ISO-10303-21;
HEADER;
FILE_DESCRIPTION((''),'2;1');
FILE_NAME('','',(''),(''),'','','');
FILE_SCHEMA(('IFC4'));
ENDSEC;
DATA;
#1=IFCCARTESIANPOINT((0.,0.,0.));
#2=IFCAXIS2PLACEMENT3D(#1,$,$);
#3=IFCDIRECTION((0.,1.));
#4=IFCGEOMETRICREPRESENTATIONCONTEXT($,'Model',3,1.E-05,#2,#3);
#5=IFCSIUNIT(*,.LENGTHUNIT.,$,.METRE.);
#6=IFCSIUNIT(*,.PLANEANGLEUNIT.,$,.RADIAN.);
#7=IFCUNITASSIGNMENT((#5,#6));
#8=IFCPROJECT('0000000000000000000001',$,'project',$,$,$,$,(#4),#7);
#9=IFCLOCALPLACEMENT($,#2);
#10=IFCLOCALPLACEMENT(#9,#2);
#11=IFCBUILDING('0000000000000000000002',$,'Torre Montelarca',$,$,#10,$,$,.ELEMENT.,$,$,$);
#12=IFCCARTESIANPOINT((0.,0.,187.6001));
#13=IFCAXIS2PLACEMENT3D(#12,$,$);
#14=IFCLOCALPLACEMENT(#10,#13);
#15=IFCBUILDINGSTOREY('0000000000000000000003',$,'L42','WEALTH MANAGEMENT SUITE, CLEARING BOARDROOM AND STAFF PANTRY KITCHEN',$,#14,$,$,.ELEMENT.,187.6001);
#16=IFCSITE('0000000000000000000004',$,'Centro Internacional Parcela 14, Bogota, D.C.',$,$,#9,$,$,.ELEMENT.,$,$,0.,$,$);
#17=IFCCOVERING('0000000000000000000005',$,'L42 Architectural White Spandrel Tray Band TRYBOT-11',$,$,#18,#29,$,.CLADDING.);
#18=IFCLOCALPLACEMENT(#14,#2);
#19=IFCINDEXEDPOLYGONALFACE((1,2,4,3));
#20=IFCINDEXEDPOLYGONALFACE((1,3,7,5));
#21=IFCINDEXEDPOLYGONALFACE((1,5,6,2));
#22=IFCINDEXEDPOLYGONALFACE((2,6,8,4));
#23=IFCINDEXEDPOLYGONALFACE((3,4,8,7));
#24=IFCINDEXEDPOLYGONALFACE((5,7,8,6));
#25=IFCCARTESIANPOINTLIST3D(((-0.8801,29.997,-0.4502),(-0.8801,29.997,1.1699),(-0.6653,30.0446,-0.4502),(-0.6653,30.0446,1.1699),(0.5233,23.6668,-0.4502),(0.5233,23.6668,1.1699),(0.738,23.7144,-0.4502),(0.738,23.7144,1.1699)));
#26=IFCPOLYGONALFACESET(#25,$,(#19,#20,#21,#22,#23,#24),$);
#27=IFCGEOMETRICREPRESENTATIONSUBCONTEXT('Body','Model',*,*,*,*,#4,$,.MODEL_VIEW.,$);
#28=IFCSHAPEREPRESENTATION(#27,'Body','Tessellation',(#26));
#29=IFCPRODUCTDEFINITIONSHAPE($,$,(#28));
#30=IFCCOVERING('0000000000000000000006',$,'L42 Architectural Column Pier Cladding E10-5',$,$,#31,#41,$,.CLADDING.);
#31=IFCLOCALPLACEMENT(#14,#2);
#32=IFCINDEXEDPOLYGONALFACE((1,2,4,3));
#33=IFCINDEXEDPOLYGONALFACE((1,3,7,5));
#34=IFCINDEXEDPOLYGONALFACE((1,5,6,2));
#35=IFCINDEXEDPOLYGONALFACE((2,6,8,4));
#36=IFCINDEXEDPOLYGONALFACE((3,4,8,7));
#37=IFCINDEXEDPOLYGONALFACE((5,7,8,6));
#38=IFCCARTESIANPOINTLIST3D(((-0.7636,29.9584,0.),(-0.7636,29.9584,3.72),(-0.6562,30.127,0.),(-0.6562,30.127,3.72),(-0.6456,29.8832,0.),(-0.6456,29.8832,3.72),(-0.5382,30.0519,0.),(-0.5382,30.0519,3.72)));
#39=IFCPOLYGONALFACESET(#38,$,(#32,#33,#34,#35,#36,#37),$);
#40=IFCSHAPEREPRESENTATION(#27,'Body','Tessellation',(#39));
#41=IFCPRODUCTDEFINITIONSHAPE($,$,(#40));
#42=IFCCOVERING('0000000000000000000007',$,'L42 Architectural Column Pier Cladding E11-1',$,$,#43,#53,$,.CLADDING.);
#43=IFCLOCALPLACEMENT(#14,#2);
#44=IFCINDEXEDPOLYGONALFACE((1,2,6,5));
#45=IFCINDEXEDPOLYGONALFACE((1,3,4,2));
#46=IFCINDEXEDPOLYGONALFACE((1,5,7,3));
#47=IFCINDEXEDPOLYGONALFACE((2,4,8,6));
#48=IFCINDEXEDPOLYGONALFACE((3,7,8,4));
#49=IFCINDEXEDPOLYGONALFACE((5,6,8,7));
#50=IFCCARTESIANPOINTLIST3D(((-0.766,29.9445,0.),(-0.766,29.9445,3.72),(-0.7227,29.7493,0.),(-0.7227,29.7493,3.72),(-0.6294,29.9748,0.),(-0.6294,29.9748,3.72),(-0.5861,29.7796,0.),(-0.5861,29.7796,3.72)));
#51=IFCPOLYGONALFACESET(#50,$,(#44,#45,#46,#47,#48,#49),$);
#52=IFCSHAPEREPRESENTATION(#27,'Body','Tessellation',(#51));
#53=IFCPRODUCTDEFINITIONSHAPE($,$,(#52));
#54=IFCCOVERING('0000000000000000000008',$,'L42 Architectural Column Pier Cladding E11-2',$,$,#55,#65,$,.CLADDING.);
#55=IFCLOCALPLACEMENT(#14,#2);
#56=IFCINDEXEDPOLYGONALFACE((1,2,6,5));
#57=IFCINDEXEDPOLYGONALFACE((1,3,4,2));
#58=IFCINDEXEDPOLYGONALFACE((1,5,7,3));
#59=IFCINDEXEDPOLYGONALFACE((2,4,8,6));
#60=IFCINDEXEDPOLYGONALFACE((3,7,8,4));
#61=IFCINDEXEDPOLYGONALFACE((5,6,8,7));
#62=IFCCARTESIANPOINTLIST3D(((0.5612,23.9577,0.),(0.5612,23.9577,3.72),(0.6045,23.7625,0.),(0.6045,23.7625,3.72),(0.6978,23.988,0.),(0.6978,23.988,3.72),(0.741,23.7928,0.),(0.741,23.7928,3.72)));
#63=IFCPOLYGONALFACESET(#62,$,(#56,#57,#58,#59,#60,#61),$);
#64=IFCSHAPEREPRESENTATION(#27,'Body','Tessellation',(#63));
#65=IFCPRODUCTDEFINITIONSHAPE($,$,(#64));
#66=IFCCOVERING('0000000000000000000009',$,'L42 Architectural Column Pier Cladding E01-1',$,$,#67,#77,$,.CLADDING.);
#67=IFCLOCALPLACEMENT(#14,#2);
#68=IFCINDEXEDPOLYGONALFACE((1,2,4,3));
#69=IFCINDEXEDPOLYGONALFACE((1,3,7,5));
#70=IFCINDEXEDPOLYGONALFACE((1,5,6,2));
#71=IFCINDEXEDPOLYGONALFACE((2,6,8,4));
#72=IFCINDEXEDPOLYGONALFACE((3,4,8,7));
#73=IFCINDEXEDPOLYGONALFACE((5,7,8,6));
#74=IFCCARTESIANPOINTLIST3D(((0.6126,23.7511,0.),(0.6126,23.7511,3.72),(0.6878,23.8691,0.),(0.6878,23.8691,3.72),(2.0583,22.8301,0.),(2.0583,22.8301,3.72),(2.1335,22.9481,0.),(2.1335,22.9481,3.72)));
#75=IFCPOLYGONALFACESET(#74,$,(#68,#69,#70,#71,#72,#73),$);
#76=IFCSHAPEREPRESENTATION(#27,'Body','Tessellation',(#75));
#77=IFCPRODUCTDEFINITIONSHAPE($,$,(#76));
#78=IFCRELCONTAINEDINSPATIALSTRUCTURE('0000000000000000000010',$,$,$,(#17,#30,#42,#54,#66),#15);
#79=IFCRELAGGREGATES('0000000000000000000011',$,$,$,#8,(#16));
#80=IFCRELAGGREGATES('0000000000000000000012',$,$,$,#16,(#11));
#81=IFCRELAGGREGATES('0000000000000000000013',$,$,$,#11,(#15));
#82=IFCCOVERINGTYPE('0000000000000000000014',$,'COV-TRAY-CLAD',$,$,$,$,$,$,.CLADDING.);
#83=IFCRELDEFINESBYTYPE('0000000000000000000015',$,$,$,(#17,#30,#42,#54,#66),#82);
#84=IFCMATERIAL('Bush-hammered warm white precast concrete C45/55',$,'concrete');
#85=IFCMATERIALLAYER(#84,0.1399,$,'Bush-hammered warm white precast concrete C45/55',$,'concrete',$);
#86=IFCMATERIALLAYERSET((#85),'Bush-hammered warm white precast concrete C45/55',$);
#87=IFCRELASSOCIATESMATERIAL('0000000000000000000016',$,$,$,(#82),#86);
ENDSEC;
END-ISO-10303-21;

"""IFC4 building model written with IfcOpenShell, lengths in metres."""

from ifc_helpers import new_model, si_unit, direction, frame, origin, origin_2d, place, context, subcontext, project, spatial, rectangle, extrude, source, transform, mapped, material, layer, layer_set, type_object, element, save


model = new_model("IFC4")

# Units and contexts
model_context = context("Model", 3, precision=1e-05, world=origin(), true_north=direction((0.0, 1.0)))
body_context = subcontext(model_context, "Body", "Model", "MODEL_VIEW")
ifc_project = project(units=[si_unit("LENGTHUNIT", "METRE"), si_unit("PLANEANGLEUNIT", "RADIAN")], contexts=[model_context])

# Site, building, storey
site_placement = place(None, origin())
site = spatial("IfcSite", under=ifc_project, at=site_placement, Name="Centro Internacional Parcela 14, Bogota, D.C.", CompositionType="ELEMENT", RefElevation=0.0)
building_placement = place(site_placement, origin())
building = spatial("IfcBuilding", under=site, at=building_placement, Name="Torre Montelarca", CompositionType="ELEMENT")
storey_placement = place(building_placement, frame((0.0, 0.0, 187.6001)))
storey = spatial("IfcBuildingStorey", under=building, at=storey_placement, Name="L42", Description="WEALTH MANAGEMENT SUITE, CLEARING BOARDROOM AND STAFF PANTRY KITCHEN", CompositionType="ELEMENT", Elevation=187.6001)

# Coverings
ifc_material_1 = material(Name="Bush-hammered warm white precast concrete C45/55", Category="concrete")
ifc_layer_1 = layer(ifc_material_1, 0.1399, Name="Bush-hammered warm white precast concrete C45/55", Category="concrete")
ifc_layer_set_1 = layer_set([ifc_layer_1], Name="Bush-hammered warm white precast concrete C45/55")
covering_type = type_object("IfcCoveringType", Name="COV-TRAY-CLAD", PredefinedType="CLADDING", material=ifc_layer_set_1)
shared_shape_1 = source(origin(), body_context, "Body", "SweptSolid", [
    extrude(rectangle(XDim=6.4839, YDim=0.22, at=origin_2d()), origin(), (0.0, 0.0, 1.0), 1.6201),
])
covering_1_placement = place(storey_placement, frame((-0.071, 26.8557, -0.4502), z_axis=(0.0, 0.0, 1.0), x_axis=(0.216438, -0.976296, 0.0)))
element("IfcCovering", 1, at=covering_1_placement, inside=storey, type_object=covering_type, Name="L42 Architectural White Spandrel Tray Band TRYBOT-11", PredefinedType="CLADDING", context=body_context, shape_type="MappedRepresentation", body=[
    mapped(shared_shape_1, transform((0.0, 0.0, 0.0), scale=1.0)),
])
shared_shape_2 = source(origin(), body_context, "Body", "SweptSolid", [
    extrude(rectangle(XDim=0.2, YDim=0.1399, at=origin_2d()), origin(), (0.0, 0.0, 1.0), 3.72),
])
for number, where, z_axis, x_axis, name in (
    (2, (-0.6509, 30.0051, 0.0), (0.0, 0.0, 1.0), (-0.537301, -0.843391, 0.0), "L42 Architectural Column Pier Cladding E10-5"),
    (3, (-0.676, 29.8621, 0.0), (0.0, 0.0, 1.0), (0.216436, -0.976297, 0.0), "L42 Architectural Column Pier Cladding E11-1"),
    (4, (0.6511, 23.8752, 0.0), (0.0, 0.0, 1.0), (0.216436, -0.976297, 0.0), "L42 Architectural Column Pier Cladding E11-2"),
):
    element("IfcCovering", number, at=place(storey_placement, frame(where, z_axis=z_axis, x_axis=x_axis)), inside=storey, type_object=covering_type, Name=name, PredefinedType="CLADDING", context=body_context, shape_type="MappedRepresentation", body=[
        mapped(shared_shape_2, transform((0.0, 0.0, 0.0), scale=1.0)),
    ])
shared_shape_3 = source(origin(), body_context, "Body", "SweptSolid", [
    extrude(rectangle(XDim=1.7141, YDim=0.1399, at=origin_2d()), origin(), (0.0, 0.0, 1.0), 3.72),
])
covering_2_placement = place(storey_placement, frame((1.373, 23.3496, 0.0), z_axis=(0.0, 0.0, 1.0), x_axis=(0.84339, -0.537303, 0.0)))
element("IfcCovering", 5, at=covering_2_placement, inside=storey, type_object=covering_type, Name="L42 Architectural Column Pier Cladding E01-1", PredefinedType="CLADDING", context=body_context, shape_type="MappedRepresentation", body=[
    mapped(shared_shape_3, transform((0.0, 0.0, 0.0), scale=1.0)),
])

save(model, "model.ifc")
